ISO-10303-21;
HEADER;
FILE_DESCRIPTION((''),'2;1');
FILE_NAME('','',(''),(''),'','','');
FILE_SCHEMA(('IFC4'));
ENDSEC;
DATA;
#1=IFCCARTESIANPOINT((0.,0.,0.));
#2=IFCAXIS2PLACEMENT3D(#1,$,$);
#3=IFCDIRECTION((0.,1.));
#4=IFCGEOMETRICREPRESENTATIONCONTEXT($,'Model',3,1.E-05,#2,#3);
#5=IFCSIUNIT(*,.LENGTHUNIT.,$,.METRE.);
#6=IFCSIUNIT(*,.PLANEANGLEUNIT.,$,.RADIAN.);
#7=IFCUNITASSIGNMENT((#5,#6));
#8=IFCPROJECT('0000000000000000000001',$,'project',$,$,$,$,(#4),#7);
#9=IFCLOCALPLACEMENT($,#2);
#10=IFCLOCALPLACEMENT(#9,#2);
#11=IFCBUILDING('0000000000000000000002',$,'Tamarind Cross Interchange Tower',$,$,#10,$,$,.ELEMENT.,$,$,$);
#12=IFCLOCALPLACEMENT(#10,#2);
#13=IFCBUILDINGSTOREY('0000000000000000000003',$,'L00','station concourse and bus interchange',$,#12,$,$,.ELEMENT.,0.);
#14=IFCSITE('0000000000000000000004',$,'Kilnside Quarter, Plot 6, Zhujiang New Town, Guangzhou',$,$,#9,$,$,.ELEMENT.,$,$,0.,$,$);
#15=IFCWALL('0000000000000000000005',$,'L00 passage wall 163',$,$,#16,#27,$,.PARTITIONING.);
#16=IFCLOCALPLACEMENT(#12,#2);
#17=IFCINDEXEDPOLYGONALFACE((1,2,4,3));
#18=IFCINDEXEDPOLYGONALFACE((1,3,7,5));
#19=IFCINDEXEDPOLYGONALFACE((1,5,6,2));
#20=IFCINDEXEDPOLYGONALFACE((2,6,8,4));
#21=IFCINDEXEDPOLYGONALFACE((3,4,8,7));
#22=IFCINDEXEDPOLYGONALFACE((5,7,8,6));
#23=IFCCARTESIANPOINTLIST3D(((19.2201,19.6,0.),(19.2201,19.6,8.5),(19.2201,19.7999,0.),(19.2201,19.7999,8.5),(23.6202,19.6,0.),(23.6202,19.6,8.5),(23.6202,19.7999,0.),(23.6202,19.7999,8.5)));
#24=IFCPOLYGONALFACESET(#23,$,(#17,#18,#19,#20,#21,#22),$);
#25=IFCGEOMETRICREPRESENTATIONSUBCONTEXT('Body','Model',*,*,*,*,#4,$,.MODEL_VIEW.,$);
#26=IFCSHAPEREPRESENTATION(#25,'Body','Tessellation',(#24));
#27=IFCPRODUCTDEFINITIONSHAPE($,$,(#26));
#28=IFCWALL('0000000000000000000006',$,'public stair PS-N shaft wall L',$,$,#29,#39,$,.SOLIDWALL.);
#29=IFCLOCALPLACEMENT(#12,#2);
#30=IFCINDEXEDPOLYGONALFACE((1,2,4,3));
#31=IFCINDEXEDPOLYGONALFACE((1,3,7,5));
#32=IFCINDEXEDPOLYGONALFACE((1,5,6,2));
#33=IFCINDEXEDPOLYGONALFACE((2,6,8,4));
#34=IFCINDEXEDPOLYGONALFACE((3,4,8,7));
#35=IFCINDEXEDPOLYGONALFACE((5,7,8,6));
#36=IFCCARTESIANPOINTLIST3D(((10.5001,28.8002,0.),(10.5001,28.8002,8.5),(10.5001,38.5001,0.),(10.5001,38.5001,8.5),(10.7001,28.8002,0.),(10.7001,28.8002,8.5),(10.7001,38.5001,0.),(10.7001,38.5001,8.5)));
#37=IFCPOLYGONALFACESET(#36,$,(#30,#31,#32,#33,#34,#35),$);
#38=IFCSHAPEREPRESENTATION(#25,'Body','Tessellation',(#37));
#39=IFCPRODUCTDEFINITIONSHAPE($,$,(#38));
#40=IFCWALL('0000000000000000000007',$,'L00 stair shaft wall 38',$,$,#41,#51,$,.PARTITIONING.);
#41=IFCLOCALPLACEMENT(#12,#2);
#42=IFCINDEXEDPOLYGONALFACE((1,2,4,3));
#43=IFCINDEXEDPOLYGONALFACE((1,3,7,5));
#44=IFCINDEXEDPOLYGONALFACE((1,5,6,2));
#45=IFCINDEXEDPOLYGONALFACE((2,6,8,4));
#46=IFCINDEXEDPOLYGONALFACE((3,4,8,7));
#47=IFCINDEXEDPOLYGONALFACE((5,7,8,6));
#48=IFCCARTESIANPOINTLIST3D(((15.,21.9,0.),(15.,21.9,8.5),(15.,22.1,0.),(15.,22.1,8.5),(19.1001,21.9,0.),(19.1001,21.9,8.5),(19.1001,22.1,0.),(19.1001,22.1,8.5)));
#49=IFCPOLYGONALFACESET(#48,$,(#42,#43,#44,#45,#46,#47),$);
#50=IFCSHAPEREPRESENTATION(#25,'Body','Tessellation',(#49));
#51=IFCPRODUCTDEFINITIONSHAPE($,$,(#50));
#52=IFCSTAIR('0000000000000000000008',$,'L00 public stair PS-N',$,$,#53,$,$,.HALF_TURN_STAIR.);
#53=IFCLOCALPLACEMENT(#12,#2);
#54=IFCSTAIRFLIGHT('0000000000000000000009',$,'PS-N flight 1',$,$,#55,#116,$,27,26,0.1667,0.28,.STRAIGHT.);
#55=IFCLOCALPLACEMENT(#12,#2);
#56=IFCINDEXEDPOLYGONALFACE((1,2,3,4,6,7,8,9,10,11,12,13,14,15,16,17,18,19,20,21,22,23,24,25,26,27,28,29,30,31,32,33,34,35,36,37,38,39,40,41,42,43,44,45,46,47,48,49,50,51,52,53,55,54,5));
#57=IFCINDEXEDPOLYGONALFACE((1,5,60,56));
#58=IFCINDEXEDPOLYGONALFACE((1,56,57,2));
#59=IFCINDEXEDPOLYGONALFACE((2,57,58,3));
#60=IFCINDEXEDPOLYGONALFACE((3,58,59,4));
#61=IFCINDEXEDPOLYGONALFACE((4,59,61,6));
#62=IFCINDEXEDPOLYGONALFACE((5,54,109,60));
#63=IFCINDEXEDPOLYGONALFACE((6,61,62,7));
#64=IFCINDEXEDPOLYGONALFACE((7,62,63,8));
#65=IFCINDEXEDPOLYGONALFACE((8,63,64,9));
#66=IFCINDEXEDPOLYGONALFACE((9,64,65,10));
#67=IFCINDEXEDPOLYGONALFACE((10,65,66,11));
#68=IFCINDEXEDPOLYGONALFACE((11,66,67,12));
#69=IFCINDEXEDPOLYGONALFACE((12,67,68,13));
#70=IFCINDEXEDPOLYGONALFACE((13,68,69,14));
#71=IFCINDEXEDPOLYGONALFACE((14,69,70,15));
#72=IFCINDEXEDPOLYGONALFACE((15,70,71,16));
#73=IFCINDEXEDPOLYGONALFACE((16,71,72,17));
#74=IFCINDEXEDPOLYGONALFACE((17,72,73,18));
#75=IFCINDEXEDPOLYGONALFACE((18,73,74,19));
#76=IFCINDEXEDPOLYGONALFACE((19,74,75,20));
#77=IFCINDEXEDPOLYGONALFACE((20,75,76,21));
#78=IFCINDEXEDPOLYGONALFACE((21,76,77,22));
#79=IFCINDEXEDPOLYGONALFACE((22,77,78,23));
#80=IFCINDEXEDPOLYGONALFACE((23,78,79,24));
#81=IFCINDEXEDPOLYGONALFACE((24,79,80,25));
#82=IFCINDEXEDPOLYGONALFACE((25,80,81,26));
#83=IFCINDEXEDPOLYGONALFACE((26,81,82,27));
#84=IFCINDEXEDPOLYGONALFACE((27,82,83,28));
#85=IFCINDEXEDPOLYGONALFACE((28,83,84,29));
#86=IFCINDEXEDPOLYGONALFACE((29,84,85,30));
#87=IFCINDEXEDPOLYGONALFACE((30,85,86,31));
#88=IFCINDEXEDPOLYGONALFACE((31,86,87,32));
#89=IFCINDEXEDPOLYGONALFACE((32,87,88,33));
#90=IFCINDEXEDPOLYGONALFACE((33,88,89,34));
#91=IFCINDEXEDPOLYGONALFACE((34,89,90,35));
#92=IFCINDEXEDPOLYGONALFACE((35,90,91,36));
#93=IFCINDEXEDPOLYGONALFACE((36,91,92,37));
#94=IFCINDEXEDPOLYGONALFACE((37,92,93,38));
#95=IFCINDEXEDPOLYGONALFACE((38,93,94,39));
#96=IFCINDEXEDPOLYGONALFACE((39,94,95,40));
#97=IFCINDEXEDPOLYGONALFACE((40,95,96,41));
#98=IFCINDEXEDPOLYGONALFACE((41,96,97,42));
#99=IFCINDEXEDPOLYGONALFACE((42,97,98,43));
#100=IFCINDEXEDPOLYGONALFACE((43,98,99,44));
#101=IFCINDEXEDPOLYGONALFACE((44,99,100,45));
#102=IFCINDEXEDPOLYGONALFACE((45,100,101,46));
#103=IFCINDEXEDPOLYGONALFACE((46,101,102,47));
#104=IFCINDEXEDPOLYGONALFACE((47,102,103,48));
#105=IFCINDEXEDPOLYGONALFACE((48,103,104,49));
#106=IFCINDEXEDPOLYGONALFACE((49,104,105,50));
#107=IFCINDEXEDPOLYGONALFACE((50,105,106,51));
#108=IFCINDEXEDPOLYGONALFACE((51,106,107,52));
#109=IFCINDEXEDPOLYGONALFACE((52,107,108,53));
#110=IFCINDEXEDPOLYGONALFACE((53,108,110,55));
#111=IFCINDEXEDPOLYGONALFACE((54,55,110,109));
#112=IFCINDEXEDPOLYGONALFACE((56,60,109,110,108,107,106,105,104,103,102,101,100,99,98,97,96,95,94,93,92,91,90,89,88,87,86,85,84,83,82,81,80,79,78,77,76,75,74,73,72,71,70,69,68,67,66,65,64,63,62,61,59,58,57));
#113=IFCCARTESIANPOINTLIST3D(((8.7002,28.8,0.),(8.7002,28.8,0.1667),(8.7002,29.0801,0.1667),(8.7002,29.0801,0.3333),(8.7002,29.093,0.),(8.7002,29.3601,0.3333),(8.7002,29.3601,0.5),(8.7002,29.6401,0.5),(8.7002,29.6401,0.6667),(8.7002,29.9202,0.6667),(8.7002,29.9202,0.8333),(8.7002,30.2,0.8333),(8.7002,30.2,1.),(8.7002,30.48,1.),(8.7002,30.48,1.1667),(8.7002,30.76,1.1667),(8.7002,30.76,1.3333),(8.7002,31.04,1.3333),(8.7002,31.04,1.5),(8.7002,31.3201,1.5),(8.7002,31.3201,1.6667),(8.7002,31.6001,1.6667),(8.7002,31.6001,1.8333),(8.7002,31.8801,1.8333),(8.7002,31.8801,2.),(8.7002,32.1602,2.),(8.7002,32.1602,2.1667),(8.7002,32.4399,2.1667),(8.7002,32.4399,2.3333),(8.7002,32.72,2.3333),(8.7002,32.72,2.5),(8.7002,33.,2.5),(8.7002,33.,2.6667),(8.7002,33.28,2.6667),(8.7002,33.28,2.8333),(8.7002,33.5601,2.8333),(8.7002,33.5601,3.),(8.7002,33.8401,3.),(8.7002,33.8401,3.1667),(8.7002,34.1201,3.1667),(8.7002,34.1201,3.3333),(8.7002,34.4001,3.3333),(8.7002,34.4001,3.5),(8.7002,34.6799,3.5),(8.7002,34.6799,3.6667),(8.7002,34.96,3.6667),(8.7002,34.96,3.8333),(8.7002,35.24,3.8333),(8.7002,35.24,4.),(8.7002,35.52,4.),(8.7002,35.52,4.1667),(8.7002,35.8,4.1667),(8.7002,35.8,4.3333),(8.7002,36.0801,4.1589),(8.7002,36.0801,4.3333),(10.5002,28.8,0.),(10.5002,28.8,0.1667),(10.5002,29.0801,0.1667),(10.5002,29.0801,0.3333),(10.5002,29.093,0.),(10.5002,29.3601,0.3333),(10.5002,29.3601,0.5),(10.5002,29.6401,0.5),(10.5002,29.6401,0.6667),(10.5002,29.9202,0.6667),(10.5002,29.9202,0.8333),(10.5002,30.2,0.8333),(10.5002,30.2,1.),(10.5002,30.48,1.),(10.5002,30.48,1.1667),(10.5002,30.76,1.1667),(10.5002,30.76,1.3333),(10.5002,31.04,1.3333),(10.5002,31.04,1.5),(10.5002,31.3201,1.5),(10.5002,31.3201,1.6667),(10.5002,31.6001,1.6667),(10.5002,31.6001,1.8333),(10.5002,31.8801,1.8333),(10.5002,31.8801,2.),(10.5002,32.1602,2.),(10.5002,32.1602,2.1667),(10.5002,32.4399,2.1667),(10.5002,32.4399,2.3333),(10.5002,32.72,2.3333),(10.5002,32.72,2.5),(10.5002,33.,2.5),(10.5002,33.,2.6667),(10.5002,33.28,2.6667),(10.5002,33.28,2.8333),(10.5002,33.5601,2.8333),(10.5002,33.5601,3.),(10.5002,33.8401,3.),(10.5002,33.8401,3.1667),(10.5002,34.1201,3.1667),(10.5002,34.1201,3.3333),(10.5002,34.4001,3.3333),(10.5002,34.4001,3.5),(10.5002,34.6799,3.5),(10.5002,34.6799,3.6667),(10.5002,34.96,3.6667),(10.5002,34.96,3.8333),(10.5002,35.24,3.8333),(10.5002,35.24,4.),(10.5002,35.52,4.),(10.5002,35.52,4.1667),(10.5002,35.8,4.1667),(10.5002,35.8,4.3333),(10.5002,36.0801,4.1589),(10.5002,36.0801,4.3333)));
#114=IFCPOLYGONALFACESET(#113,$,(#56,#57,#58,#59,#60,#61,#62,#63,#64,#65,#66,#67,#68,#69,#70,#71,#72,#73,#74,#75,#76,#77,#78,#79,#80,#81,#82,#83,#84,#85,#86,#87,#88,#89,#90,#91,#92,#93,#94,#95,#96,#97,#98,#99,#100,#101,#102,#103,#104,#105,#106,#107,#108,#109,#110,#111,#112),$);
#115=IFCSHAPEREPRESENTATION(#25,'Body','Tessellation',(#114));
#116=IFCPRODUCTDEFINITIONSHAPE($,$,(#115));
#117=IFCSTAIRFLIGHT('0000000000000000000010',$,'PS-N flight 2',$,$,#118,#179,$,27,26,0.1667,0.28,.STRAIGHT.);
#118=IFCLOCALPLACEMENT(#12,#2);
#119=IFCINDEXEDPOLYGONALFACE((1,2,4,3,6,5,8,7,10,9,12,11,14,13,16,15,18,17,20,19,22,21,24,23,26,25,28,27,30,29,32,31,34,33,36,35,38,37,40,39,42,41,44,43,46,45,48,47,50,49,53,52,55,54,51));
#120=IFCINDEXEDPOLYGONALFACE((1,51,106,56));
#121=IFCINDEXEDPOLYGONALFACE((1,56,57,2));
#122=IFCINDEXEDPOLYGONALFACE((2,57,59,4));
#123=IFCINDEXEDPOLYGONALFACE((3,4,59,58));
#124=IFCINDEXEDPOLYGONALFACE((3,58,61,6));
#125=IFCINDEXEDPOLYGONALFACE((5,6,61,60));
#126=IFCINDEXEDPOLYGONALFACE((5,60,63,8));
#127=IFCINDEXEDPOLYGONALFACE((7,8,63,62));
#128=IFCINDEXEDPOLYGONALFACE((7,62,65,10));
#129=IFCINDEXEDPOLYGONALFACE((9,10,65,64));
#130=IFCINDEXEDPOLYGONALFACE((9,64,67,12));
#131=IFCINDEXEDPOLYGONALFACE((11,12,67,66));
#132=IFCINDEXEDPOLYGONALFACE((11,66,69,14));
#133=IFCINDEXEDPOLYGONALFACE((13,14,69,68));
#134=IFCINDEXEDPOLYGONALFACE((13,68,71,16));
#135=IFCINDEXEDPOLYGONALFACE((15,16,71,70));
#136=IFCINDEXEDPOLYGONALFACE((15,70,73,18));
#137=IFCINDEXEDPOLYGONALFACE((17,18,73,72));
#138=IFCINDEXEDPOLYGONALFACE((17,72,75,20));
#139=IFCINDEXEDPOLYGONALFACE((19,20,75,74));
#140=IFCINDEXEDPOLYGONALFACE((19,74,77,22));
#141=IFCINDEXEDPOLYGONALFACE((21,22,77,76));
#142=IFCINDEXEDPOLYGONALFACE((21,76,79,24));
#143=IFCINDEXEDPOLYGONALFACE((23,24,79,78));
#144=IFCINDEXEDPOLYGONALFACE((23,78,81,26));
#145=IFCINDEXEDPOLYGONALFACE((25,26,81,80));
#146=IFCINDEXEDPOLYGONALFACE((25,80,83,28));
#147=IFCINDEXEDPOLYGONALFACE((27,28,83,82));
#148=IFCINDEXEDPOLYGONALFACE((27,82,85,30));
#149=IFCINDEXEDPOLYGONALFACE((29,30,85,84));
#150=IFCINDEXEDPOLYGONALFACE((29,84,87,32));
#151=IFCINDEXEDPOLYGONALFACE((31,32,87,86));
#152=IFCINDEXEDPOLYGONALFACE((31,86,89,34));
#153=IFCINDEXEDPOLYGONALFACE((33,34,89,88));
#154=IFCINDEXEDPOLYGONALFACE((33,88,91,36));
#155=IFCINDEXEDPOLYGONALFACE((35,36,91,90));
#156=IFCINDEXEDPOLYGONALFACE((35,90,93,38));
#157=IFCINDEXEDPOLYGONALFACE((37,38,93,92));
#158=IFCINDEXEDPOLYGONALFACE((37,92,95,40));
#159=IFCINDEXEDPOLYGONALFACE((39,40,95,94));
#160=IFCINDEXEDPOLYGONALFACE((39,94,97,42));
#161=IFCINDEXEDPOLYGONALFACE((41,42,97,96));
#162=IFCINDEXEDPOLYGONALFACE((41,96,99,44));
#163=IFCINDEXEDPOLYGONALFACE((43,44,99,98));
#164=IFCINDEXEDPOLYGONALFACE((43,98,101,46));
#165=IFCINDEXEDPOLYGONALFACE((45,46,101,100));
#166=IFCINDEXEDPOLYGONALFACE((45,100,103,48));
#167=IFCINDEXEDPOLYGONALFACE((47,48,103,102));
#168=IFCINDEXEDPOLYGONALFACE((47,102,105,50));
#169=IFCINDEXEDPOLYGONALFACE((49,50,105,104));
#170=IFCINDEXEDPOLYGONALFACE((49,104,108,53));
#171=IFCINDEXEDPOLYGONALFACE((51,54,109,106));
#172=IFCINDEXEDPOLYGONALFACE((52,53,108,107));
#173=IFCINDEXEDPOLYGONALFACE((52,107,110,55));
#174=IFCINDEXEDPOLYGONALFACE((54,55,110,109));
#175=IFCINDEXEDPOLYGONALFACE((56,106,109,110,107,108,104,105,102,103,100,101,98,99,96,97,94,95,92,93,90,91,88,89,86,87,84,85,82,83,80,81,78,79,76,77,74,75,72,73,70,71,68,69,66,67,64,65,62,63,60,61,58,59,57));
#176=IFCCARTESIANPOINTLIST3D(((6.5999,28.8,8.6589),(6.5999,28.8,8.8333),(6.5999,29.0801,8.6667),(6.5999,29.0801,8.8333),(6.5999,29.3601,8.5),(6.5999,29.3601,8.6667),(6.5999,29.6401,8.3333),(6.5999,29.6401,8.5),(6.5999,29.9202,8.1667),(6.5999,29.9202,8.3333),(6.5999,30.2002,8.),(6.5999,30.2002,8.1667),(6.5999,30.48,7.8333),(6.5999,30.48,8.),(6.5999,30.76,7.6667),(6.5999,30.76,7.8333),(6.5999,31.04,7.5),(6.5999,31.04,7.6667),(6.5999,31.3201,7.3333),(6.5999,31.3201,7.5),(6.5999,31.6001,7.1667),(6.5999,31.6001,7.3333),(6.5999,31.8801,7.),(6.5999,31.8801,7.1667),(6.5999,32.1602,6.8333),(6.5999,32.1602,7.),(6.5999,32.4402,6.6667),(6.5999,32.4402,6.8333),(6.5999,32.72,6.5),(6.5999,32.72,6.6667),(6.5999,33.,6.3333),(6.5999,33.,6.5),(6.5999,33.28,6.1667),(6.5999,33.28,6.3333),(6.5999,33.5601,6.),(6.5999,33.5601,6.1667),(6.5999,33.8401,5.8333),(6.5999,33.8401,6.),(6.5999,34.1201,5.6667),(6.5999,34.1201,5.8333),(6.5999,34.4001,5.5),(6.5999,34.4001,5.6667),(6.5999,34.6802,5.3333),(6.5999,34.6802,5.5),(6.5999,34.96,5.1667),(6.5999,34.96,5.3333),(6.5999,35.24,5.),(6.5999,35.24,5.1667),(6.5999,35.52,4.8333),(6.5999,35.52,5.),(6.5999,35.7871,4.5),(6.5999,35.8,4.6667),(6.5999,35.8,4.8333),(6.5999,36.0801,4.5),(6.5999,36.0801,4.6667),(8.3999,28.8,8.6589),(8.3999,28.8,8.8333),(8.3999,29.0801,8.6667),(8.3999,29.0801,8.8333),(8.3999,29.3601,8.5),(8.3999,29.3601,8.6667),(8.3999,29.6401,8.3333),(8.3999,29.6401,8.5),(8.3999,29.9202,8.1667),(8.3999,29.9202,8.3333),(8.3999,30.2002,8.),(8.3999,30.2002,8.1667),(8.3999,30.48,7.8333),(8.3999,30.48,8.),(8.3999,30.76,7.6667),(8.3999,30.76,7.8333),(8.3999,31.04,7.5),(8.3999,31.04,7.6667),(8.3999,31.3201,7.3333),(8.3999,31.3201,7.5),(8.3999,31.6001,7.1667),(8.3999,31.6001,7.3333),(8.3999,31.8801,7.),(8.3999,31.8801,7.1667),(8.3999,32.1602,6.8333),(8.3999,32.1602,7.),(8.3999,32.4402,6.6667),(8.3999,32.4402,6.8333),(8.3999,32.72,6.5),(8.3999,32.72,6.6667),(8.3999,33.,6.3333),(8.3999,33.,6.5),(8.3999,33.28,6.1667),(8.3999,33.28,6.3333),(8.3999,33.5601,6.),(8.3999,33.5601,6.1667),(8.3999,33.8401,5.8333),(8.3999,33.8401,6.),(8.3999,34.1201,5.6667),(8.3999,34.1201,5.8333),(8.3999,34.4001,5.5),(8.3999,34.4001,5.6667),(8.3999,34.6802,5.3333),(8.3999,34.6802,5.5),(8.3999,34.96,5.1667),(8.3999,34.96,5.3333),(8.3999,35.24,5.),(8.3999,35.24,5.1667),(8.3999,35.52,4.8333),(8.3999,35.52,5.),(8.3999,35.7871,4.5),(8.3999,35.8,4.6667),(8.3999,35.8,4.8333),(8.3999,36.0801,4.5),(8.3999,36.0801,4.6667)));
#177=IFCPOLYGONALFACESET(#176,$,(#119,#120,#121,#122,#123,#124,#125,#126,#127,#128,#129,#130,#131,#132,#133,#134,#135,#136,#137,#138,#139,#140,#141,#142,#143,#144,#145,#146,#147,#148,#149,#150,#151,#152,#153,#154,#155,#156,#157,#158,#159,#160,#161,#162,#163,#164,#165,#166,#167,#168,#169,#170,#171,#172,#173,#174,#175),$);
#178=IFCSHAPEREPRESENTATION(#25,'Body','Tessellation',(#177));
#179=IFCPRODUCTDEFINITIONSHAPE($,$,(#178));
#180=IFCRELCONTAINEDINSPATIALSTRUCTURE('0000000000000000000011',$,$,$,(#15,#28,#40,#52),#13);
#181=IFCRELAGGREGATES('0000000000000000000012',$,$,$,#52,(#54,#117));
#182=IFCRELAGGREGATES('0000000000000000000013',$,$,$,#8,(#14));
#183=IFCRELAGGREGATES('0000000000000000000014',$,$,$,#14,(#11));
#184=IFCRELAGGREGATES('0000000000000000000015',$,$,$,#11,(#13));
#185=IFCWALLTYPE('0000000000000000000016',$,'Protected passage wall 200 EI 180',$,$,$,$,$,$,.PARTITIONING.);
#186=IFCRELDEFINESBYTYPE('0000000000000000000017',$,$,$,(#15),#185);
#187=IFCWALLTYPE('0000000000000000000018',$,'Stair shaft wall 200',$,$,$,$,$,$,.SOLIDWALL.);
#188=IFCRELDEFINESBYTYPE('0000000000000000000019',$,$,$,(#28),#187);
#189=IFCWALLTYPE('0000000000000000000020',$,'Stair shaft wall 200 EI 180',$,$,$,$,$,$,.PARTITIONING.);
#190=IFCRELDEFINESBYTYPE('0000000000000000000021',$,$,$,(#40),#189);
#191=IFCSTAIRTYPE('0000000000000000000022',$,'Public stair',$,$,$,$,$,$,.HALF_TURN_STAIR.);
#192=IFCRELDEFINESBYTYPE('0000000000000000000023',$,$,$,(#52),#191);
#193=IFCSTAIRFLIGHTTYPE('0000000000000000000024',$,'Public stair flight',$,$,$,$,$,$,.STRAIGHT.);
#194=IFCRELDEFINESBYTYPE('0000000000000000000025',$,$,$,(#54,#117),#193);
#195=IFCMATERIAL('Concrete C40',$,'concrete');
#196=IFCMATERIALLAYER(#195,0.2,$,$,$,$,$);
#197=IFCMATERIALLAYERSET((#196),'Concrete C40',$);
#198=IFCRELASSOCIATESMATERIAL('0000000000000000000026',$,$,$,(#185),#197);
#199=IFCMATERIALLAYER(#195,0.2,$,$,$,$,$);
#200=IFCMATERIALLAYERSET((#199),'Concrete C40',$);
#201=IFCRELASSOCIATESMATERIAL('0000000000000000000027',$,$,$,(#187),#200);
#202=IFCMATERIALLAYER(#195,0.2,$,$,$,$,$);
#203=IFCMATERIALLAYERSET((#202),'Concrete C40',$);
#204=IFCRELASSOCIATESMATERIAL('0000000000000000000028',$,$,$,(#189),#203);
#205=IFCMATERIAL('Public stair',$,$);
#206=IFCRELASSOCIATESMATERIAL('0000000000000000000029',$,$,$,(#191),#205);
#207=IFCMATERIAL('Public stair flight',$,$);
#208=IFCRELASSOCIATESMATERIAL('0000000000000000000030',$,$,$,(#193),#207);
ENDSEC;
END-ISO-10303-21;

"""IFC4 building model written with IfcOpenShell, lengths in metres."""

from ifc_helpers import new_model, si_unit, direction, frame, frame_2d, origin, place, context, subcontext, project, spatial, polyline, rectangle, outline, extrude, material, layer, layer_set, type_object, element, aggregate, save


model = new_model("IFC4")

# Units and contexts
model_context = context("Model", 3, precision=1e-05, world=origin(), true_north=direction((0.0, 1.0)))
body_context = subcontext(model_context, "Body", "Model", "MODEL_VIEW")
ifc_project = project(units=[si_unit("LENGTHUNIT", "METRE"), si_unit("PLANEANGLEUNIT", "RADIAN")], contexts=[model_context])

# Site, building, storey
site_placement = place(None, origin())
site = spatial("IfcSite", under=ifc_project, at=site_placement, Name="Kilnside Quarter, Plot 6, Zhujiang New Town, Guangzhou", CompositionType="ELEMENT", RefElevation=0.0)
building_placement = place(site_placement, origin())
building = spatial("IfcBuilding", under=site, at=building_placement, Name="Tamarind Cross Interchange Tower", CompositionType="ELEMENT")
storey_placement = place(building_placement, origin())
storey = spatial("IfcBuildingStorey", under=building, at=storey_placement, Name="L00", Description="station concourse and bus interchange", CompositionType="ELEMENT", Elevation=0.0)

# Shared definitions
ifc_material_1 = material(Name="Concrete C40", Category="concrete")

# Walls
ifc_layer_1 = layer(ifc_material_1, 0.2)
ifc_layer_set_1 = layer_set([ifc_layer_1], Name="Concrete C40")
wall_type_1 = type_object("IfcWallType", Name="Protected passage wall 200 EI 180", PredefinedType="PARTITIONING", material=ifc_layer_set_1)
wall_1_placement = place(storey_placement, frame((19.22, 19.7, 0.0), z_axis=(0.0, 0.0, 1.0), x_axis=(1.0, 0.0, 0.0)))
element("IfcWall", 1, at=wall_1_placement, inside=storey, type_object=wall_type_1, Name="L00 passage wall 163", PredefinedType="PARTITIONING", context=body_context, shape_type="SweptSolid", body=[
    extrude(rectangle(XDim=4.4001, YDim=0.2, at=frame_2d((2.2002, 0.0))), origin(), (0.0, 0.0, 1.0), 8.5),
])
ifc_layer_2 = layer(ifc_material_1, 0.2)
ifc_layer_set_2 = layer_set([ifc_layer_2], Name="Concrete C40")
wall_type_2 = type_object("IfcWallType", Name="Stair shaft wall 200", PredefinedType="SOLIDWALL", material=ifc_layer_set_2)
wall_2_placement = place(storey_placement, frame((10.6001, 28.8, 0.0), z_axis=(0.0, 0.0, 1.0), x_axis=(0.0, 1.0, 0.0)))
element("IfcWall", 2, at=wall_2_placement, inside=storey, type_object=wall_type_2, Name="public stair PS-N shaft wall L", PredefinedType="SOLIDWALL", context=body_context, shape_type="SweptSolid", body=[
    extrude(rectangle(XDim=9.7, YDim=0.2, at=frame_2d((4.8501, 0.0))), origin(), (0.0, 0.0, 1.0), 8.5),
])
ifc_layer_3 = layer(ifc_material_1, 0.2)
ifc_layer_set_3 = layer_set([ifc_layer_3], Name="Concrete C40")
wall_type_3 = type_object("IfcWallType", Name="Stair shaft wall 200 EI 180", PredefinedType="PARTITIONING", material=ifc_layer_set_3)
wall_3_placement = place(storey_placement, frame((15.0, 22.0, 0.0), z_axis=(0.0, 0.0, 1.0), x_axis=(1.0, 0.0, 0.0)))
element("IfcWall", 3, at=wall_3_placement, inside=storey, type_object=wall_type_3, Name="L00 stair shaft wall 38", PredefinedType="PARTITIONING", context=body_context, shape_type="SweptSolid", body=[
    extrude(rectangle(XDim=4.1001, YDim=0.2, at=frame_2d((2.05, 0.0))), origin(), (0.0, 0.0, 1.0), 8.5),
])

# Stair, stair flights
ifc_material_2 = material(Name="Public stair")
stair_type = type_object("IfcStairType", Name="Public stair", PredefinedType="HALF_TURN_STAIR", material=ifc_material_2)
stair_placement = place(storey_placement, origin())
stair = element("IfcStair", 4, at=stair_placement, inside=storey, type_object=stair_type, Name="L00 public stair PS-N", PredefinedType="HALF_TURN_STAIR")
ifc_material_3 = material(Name="Public stair flight")
stair_flight_type = type_object("IfcStairFlightType", Name="Public stair flight", PredefinedType="STRAIGHT", material=ifc_material_3)
stair_flight_1_placement = place(storey_placement, frame((9.6001, 28.8, 0.0), z_axis=(0.0, 0.0, 1.0), x_axis=(0.0, 1.0, 0.0)))
stair_flight_1 = element("IfcStairFlight", 5, at=stair_flight_1_placement, type_object=stair_flight_type, Name="PS-N flight 1", NumberOfRisers=27, NumberOfTreads=26, PredefinedType="STRAIGHT", RiserHeight=0.1667, TreadLength=0.28, context=body_context, shape_type="SweptSolid", body=[
    extrude(outline(polyline([(0.0, 0.0), (0.0, 0.1667), (0.28, 0.1667), (0.28, 0.3333), (0.5601, 0.3333), (0.5601, 0.5), (0.8401, 0.5), (0.8401, 0.6667), (1.1201, 0.6667), (1.1201, 0.8333), (1.3999, 0.8333), (1.3999, 1.0), (1.6799, 1.0), (1.6799, 1.1667), (1.96, 1.1667), (1.96, 1.3333), (2.24, 1.3333), (2.24, 1.5), (2.52, 1.5), (2.52, 1.6667), (2.8, 1.6667), (2.8, 1.8333), (3.0801, 1.8333), (3.0801, 2.0), (3.3601, 2.0), (3.3601, 2.1667), (3.6399, 2.1667), (3.6399, 2.3333), (3.9199, 2.3333), (3.9199, 2.5), (4.2, 2.5), (4.2, 2.6667), (4.48, 2.6667), (4.48, 2.8333), (4.76, 2.8333), (4.76, 3.0), (5.04, 3.0), (5.04, 3.1667), (5.3201, 3.1667), (5.3201, 3.3333), (5.6001, 3.3333), (5.6001, 3.5), (5.8799, 3.5), (5.8799, 3.6667), (6.1599, 3.6667), (6.1599, 3.8333), (6.4399, 3.8333), (6.4399, 4.0), (6.72, 4.0), (6.72, 4.1667), (7.0, 4.1667), (7.0, 4.3333), (7.28, 4.3333), (7.28, 4.5), (7.28, 4.1589), (0.293, 0.0), (0.0, 0.0)])), frame((0.0, 0.8999, 0.0), z_axis=(0.0, -1.0, 0.0), x_axis=(1.0, 0.0, 0.0)), (0.0, 0.0, 1.0), 1.8),
])
stair_flight_2_placement = place(storey_placement, frame((7.5, 36.0801, 4.5), z_axis=(0.0, 0.0, 1.0), x_axis=(0.0, -1.0, 0.0)))
stair_flight_2 = element("IfcStairFlight", 6, at=stair_flight_2_placement, type_object=stair_flight_type, Name="PS-N flight 2", NumberOfRisers=27, NumberOfTreads=26, PredefinedType="STRAIGHT", RiserHeight=0.1667, TreadLength=0.28, context=body_context, shape_type="SweptSolid", body=[
    extrude(outline(polyline([(0.0, 0.0), (0.0, 0.1667), (0.28, 0.1667), (0.28, 0.3333), (0.5601, 0.3333), (0.5601, 0.5), (0.8401, 0.5), (0.8401, 0.6667), (1.1201, 0.6667), (1.1201, 0.8333), (1.3999, 0.8333), (1.3999, 1.0), (1.6799, 1.0), (1.6799, 1.1667), (1.96, 1.1667), (1.96, 1.3333), (2.24, 1.3333), (2.24, 1.5), (2.52, 1.5), (2.52, 1.6667), (2.8, 1.6667), (2.8, 1.8333), (3.0801, 1.8333), (3.0801, 2.0), (3.3601, 2.0), (3.3601, 2.1667), (3.6399, 2.1667), (3.6399, 2.3333), (3.9199, 2.3333), (3.9199, 2.5), (4.2, 2.5), (4.2, 2.6667), (4.48, 2.6667), (4.48, 2.8333), (4.76, 2.8333), (4.76, 3.0), (5.04, 3.0), (5.04, 3.1667), (5.3201, 3.1667), (5.3201, 3.3333), (5.6001, 3.3333), (5.6001, 3.5), (5.8799, 3.5), (5.8799, 3.6667), (6.1599, 3.6667), (6.1599, 3.8333), (6.4399, 3.8333), (6.4399, 4.0), (6.72, 4.0), (6.72, 4.1667), (7.0, 4.1667), (7.0, 4.3333), (7.28, 4.3333), (7.28, 4.5), (7.28, 4.1589), (0.293, 0.0), (0.0, 0.0)])), frame((0.0, 0.8999, 0.0), z_axis=(0.0, -1.0, 0.0), x_axis=(1.0, 0.0, 0.0)), (0.0, 0.0, 1.0), 1.8),
])
aggregate(stair, [stair_flight_1, stair_flight_2])

save(model, "model.ifc")
